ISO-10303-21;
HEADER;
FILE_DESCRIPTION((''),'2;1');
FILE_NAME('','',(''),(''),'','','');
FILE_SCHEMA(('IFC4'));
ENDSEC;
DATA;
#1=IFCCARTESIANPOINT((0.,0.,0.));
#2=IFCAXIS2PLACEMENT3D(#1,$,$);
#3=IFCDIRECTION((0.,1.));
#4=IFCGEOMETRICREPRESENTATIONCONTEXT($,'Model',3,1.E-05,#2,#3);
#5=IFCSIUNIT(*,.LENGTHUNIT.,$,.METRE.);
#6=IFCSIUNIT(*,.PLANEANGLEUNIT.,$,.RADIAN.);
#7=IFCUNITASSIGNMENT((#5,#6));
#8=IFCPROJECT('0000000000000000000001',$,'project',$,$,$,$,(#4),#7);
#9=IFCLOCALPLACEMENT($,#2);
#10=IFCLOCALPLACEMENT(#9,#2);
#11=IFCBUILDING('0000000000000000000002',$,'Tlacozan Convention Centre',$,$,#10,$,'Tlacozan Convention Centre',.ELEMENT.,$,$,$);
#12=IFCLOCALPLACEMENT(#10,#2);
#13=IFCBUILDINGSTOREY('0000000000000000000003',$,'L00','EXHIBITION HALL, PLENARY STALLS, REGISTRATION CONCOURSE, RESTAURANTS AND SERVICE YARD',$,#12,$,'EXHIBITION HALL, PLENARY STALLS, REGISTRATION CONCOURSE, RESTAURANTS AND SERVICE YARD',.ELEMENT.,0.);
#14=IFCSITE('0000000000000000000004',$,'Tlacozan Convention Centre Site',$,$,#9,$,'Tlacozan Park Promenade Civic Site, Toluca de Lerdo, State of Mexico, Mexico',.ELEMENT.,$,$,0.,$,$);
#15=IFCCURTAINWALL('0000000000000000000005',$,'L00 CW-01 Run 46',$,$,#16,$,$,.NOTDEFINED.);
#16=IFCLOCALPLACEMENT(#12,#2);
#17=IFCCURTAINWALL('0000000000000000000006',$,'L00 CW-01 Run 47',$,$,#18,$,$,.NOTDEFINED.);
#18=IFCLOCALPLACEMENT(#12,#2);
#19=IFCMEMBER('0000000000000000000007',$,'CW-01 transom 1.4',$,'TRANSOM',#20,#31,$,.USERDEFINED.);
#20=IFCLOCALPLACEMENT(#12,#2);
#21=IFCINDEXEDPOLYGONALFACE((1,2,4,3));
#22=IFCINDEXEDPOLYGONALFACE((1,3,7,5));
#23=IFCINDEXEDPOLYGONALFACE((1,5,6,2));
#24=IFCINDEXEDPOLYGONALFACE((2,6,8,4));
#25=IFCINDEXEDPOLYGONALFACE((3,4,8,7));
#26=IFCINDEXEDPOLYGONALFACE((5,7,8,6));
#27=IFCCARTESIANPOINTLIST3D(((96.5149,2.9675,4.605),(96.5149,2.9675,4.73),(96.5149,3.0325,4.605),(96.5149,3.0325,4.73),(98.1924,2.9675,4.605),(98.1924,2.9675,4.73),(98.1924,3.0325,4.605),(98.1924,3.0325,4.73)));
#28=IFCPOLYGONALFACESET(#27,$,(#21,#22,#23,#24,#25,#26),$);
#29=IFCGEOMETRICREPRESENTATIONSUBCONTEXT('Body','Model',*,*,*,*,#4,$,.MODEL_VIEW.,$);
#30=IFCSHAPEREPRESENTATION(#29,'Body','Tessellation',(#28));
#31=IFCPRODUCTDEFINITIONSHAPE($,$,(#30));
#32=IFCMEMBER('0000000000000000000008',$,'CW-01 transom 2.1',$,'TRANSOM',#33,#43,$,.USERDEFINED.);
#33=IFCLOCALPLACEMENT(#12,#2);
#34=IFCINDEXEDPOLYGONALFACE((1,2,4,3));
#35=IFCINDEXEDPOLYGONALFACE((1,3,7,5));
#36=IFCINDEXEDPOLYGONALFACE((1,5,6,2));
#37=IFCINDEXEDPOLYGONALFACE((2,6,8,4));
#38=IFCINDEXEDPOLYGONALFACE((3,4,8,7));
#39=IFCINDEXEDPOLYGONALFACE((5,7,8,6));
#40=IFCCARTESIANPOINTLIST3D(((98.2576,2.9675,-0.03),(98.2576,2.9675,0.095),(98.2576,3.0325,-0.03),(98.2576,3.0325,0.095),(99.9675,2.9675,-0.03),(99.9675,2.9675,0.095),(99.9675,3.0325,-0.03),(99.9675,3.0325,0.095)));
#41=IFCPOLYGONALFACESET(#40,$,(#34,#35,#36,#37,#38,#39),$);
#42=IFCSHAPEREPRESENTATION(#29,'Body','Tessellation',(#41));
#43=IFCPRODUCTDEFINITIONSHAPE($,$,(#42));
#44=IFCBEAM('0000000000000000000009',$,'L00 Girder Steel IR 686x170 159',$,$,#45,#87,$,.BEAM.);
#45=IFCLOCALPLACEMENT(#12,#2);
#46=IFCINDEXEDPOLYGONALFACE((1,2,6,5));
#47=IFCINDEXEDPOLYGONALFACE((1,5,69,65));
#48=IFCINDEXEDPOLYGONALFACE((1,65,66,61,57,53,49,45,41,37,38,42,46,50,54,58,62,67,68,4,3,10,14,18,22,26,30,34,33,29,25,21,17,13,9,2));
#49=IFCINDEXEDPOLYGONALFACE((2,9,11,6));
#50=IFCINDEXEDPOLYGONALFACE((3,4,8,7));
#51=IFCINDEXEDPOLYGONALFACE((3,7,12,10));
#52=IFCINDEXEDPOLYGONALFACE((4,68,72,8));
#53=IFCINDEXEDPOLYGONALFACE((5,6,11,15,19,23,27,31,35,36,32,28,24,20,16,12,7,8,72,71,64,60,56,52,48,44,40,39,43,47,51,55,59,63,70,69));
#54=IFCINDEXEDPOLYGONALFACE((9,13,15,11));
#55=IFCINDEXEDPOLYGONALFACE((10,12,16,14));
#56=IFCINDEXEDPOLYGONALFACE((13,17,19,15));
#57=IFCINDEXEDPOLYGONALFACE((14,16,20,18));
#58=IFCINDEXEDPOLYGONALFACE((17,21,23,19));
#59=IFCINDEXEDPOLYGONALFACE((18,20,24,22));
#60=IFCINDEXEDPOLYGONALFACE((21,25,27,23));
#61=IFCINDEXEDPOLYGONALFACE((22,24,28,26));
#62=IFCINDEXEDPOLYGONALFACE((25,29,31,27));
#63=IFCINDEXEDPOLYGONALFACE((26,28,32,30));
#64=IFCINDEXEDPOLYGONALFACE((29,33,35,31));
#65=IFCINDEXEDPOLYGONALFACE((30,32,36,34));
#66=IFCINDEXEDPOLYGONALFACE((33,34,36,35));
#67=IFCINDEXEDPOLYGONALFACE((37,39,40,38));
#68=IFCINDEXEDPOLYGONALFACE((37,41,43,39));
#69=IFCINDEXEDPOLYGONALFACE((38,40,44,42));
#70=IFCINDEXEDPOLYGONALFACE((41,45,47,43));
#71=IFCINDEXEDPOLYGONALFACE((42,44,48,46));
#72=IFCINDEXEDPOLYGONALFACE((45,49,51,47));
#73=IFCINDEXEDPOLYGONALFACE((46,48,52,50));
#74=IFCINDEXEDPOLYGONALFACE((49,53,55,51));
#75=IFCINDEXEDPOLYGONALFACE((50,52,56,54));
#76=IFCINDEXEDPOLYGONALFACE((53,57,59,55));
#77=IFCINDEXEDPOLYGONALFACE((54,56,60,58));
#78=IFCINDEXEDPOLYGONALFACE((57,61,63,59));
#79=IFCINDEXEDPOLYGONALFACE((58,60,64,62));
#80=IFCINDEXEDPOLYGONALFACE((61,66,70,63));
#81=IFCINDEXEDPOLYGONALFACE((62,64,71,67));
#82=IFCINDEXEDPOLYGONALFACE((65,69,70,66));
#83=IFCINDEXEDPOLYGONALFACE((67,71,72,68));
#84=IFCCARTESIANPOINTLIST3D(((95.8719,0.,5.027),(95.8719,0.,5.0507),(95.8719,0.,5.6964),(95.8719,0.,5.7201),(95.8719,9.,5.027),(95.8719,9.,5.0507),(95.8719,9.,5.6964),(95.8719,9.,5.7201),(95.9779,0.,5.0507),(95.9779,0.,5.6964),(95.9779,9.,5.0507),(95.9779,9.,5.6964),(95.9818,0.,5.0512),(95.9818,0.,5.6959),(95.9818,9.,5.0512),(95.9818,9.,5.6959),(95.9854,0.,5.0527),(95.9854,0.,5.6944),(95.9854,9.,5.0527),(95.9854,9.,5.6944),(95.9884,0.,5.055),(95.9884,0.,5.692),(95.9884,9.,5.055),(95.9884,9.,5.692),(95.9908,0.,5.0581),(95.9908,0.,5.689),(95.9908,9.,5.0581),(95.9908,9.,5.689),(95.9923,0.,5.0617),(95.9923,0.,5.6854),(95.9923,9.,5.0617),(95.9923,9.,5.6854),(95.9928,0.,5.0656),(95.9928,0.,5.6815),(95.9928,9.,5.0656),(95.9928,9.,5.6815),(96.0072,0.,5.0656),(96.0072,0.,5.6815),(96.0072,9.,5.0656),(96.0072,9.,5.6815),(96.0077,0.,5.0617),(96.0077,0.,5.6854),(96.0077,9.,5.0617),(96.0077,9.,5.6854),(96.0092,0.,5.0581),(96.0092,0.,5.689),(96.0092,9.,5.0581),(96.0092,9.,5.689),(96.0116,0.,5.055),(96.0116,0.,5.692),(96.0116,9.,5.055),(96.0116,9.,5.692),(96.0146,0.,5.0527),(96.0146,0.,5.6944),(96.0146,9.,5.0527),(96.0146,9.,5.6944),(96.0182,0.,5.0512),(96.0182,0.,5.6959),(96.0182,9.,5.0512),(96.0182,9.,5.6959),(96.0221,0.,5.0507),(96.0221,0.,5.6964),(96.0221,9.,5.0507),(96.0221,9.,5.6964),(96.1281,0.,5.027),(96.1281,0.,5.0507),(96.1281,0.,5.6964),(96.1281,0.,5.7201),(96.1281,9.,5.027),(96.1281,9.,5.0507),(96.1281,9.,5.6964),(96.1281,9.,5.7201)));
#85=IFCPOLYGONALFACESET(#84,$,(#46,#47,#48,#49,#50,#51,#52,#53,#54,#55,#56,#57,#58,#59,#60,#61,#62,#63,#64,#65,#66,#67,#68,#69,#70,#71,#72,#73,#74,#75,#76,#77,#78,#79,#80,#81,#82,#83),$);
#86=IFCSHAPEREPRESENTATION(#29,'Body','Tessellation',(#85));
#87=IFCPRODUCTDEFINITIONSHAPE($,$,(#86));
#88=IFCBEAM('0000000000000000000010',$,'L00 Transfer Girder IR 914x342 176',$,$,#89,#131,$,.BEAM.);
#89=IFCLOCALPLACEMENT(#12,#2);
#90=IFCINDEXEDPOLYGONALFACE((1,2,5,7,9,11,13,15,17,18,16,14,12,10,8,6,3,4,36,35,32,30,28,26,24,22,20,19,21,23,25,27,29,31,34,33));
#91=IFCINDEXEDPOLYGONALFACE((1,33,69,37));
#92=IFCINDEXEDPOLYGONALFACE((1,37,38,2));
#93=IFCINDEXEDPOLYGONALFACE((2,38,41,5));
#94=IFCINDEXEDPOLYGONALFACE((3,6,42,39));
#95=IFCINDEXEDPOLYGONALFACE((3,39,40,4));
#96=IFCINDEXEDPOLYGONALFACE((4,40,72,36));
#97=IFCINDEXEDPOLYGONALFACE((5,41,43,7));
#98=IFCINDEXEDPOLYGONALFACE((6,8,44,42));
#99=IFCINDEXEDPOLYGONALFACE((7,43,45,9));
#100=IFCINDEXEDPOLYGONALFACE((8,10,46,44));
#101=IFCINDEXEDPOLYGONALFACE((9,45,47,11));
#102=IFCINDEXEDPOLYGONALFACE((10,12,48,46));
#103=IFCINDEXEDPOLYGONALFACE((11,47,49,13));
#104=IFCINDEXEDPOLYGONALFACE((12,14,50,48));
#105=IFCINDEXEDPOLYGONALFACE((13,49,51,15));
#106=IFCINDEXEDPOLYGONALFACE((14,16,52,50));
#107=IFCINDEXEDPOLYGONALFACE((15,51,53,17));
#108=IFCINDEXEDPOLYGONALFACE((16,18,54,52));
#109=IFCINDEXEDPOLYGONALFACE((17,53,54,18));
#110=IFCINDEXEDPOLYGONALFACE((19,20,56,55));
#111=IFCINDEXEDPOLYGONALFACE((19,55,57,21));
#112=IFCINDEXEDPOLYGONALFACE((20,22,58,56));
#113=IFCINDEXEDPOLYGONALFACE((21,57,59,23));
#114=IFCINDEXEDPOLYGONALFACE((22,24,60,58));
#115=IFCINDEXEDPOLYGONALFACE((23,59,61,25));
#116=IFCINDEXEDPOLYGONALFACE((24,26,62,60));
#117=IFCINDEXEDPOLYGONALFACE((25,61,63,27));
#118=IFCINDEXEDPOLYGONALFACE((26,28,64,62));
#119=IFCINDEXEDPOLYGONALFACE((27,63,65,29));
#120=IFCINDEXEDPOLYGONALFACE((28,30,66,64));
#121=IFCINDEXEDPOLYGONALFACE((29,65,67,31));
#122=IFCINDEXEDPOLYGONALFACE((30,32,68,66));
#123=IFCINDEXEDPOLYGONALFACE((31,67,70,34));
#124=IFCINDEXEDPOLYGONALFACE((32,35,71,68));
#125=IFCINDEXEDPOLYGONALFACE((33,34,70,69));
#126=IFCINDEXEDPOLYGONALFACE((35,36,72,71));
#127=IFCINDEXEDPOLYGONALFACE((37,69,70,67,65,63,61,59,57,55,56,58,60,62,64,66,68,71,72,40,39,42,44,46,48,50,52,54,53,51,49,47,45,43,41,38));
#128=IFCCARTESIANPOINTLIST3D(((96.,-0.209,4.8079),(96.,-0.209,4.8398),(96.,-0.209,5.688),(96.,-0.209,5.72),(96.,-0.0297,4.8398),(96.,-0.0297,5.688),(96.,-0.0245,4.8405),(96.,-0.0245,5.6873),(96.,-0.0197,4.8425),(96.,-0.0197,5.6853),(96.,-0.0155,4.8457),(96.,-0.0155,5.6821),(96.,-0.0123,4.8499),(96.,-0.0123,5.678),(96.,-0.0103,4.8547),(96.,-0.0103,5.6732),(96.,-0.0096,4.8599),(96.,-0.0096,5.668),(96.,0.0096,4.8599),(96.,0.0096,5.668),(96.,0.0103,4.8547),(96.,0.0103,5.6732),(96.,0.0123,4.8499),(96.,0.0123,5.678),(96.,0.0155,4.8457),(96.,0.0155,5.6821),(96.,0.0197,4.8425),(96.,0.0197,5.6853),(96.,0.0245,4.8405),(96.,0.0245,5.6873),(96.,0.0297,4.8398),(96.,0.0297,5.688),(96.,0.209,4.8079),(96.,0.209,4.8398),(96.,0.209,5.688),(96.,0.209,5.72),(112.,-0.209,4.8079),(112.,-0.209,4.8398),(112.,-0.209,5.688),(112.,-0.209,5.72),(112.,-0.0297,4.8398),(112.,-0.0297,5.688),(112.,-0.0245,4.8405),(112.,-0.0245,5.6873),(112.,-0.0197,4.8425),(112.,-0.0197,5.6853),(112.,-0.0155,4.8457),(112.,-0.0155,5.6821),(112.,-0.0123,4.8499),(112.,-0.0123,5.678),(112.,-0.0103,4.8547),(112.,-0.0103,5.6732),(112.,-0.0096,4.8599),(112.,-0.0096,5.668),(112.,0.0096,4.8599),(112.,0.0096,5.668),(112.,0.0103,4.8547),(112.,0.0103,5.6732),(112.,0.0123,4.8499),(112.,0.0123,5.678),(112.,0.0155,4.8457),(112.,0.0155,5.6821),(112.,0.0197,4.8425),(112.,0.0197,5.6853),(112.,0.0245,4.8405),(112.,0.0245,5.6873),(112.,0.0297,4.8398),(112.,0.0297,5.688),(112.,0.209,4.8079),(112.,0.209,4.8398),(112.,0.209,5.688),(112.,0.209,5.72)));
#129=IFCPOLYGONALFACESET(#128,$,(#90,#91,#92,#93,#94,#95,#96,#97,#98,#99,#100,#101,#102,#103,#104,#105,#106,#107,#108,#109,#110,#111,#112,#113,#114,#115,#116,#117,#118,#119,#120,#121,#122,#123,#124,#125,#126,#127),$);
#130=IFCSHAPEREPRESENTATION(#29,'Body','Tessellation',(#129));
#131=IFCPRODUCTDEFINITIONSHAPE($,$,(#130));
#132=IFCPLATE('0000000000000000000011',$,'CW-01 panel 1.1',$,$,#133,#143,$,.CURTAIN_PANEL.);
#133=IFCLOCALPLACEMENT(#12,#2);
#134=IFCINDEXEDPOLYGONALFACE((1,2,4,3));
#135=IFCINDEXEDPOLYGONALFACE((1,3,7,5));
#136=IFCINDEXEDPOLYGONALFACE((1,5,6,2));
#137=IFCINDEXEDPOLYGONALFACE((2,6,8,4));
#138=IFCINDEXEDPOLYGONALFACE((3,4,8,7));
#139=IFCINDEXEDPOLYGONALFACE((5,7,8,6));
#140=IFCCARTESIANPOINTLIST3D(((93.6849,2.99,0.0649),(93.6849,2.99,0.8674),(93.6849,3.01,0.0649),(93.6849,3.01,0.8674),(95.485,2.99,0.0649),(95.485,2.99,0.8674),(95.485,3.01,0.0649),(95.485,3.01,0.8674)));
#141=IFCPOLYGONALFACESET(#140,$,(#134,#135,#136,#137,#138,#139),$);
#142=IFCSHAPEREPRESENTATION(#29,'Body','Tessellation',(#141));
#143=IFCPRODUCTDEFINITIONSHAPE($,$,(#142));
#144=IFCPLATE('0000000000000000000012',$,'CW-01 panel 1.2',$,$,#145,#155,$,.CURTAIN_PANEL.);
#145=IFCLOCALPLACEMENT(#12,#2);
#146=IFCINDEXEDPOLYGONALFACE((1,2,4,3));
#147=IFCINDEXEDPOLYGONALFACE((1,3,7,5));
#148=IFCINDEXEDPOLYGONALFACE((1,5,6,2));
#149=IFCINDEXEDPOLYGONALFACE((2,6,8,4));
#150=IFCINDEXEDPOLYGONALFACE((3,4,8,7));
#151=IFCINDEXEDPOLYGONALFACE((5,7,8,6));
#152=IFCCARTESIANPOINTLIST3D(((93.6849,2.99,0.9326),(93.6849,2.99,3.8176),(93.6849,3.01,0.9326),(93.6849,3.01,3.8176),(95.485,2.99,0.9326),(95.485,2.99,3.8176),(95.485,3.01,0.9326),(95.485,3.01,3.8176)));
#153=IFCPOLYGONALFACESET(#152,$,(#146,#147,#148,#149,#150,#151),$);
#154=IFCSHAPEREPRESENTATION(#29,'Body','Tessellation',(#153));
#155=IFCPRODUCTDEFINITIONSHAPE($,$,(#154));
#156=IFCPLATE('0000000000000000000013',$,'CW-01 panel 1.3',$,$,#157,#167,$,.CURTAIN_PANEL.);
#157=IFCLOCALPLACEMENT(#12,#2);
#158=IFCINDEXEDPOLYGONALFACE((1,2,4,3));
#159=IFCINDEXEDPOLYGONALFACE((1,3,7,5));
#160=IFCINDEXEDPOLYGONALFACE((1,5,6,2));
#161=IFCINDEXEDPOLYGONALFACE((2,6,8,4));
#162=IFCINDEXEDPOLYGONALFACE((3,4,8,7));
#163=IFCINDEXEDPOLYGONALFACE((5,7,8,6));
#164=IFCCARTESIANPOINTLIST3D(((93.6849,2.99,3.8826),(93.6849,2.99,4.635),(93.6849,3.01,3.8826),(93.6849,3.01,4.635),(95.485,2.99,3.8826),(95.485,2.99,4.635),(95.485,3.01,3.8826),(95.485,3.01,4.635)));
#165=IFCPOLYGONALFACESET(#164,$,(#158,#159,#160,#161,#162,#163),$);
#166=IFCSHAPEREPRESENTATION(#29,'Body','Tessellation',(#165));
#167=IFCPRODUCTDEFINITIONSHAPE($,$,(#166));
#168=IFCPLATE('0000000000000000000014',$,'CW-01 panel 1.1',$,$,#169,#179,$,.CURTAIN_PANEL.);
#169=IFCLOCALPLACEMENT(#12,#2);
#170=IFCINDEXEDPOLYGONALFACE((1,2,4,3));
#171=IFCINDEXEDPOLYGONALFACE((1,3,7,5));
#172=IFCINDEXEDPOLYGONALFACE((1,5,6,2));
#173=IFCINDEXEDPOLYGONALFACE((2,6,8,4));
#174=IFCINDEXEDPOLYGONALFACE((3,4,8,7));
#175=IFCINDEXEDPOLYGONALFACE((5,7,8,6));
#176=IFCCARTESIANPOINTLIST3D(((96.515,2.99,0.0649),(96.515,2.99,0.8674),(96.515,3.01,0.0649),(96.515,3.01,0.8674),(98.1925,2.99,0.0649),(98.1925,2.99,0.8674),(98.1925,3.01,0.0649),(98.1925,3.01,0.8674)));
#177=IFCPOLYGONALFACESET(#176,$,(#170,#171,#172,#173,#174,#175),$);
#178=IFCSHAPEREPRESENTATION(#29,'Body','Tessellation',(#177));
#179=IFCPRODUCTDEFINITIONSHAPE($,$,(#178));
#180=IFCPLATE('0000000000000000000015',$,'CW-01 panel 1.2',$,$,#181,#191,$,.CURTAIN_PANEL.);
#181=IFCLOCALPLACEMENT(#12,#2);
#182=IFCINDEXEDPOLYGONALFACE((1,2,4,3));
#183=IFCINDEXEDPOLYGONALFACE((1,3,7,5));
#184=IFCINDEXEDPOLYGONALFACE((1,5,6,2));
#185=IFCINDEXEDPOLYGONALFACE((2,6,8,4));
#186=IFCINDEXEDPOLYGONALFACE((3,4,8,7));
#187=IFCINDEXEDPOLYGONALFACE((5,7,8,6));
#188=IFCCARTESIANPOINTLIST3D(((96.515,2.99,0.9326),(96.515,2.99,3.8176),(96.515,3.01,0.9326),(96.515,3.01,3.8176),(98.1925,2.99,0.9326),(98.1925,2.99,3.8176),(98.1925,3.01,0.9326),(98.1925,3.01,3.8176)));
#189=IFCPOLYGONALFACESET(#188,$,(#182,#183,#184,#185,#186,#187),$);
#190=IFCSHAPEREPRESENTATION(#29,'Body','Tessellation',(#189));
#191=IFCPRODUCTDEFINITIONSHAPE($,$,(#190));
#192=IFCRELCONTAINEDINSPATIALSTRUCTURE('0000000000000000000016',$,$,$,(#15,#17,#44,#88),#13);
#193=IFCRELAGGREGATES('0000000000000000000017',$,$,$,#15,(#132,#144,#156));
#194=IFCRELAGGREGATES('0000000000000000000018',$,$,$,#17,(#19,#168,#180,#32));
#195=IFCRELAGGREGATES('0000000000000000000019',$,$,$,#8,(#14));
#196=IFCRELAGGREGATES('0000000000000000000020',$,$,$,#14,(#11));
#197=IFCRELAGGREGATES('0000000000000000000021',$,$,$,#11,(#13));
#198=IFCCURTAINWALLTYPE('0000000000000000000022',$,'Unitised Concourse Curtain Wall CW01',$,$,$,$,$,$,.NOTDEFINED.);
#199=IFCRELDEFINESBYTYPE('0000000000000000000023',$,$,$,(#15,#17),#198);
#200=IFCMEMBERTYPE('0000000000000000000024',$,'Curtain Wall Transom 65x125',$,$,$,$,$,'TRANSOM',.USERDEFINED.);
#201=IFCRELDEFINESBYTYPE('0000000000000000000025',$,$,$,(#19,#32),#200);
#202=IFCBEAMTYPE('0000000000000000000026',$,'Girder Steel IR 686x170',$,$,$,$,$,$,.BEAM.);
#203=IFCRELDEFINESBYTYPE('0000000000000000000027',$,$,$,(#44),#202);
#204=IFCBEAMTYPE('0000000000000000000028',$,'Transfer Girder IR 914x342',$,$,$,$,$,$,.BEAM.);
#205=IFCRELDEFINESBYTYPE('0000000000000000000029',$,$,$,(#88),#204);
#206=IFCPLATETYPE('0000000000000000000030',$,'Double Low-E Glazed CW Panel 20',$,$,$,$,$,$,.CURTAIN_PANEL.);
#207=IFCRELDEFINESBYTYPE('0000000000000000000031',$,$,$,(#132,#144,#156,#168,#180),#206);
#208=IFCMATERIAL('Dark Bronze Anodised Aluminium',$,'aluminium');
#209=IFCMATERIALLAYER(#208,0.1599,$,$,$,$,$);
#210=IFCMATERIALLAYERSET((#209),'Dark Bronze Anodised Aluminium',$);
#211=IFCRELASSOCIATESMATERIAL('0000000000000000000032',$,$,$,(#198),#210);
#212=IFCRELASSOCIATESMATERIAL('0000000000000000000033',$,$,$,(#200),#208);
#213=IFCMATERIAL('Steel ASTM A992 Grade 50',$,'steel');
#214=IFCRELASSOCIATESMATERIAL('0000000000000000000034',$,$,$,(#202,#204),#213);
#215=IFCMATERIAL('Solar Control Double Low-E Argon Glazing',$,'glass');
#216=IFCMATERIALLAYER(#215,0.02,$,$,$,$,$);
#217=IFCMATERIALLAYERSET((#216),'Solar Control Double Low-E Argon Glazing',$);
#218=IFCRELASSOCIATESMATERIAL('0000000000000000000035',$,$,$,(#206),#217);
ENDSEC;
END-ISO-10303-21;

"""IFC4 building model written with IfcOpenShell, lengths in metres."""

from ifc_helpers import new_model, si_unit, direction, frame, origin, origin_2d, place, context, subcontext, project, spatial, rectangle, i_section, extrude, material, layer, layer_set, material_profile, profile_set, type_object, element, aggregate, save


model = new_model("IFC4")

# Units and contexts
model_context = context("Model", 3, precision=1e-05, world=origin(), true_north=direction((0.0, 1.0)))
body_context = subcontext(model_context, "Body", "Model", "MODEL_VIEW")
ifc_project = project(units=[si_unit("LENGTHUNIT", "METRE"), si_unit("PLANEANGLEUNIT", "RADIAN")], contexts=[model_context])

# Site, building, storey
site_placement = place(None, origin())
site = spatial("IfcSite", under=ifc_project, at=site_placement, Name="Tlacozan Convention Centre Site", LongName="Tlacozan Park Promenade Civic Site, Toluca de Lerdo, State of Mexico, Mexico", CompositionType="ELEMENT", RefElevation=0.0)
building_placement = place(site_placement, origin())
building = spatial("IfcBuilding", under=site, at=building_placement, Name="Tlacozan Convention Centre", LongName="Tlacozan Convention Centre", CompositionType="ELEMENT")
storey_placement = place(building_placement, origin())
storey = spatial("IfcBuildingStorey", under=building, at=storey_placement, Name="L00", Description="EXHIBITION HALL, PLENARY STALLS, REGISTRATION CONCOURSE, RESTAURANTS AND SERVICE YARD", LongName="EXHIBITION HALL, PLENARY STALLS, REGISTRATION CONCOURSE, RESTAURANTS AND SERVICE YARD", CompositionType="ELEMENT", Elevation=0.0)

# Curtain walls
ifc_material_1 = material(Name="Dark Bronze Anodised Aluminium", Category="aluminium")
ifc_layer_1 = layer(ifc_material_1, 0.1599)
ifc_layer_set_1 = layer_set([ifc_layer_1], Name="Dark Bronze Anodised Aluminium")
curtain_wall_type = type_object("IfcCurtainWallType", Name="Unitised Concourse Curtain Wall CW01", PredefinedType="NOTDEFINED", material=ifc_layer_set_1)
curtain_wall_1_placement = place(storey_placement, origin())
curtain_wall_1 = element("IfcCurtainWall", 1, at=curtain_wall_1_placement, inside=storey, type_object=curtain_wall_type, Name="L00 CW-01 Run 46", PredefinedType="NOTDEFINED")
curtain_wall_2_placement = place(storey_placement, origin())
curtain_wall_2 = element("IfcCurtainWall", 2, at=curtain_wall_2_placement, inside=storey, type_object=curtain_wall_type, Name="L00 CW-01 Run 47", PredefinedType="NOTDEFINED")

# Members
ifc_material_profile_1 = material_profile(ifc_material_1, rectangle(XDim=0.0649, YDim=0.125, at=origin_2d()), Name="ALU 65x125")
ifc_profile_set_1 = profile_set([ifc_material_profile_1], Name="Dark Bronze Anodised Aluminium")
member_type_1 = type_object("IfcMemberType", Name="Curtain Wall Transom 65x125", ElementType="TRANSOM", PredefinedType="USERDEFINED", material=ifc_profile_set_1)
member_1_placement = place(storey_placement, frame((96.5149, 3.0, 4.6675), z_axis=(1.0, 0.0, 0.0), x_axis=(0.0, 1.0, 0.0)))
member_1 = element("IfcMember", 3, at=member_1_placement, type_object=member_type_1, Name="CW-01 transom 1.4", ObjectType="TRANSOM", PredefinedType="USERDEFINED", context=body_context, shape_type="SweptSolid", body=[
    extrude(rectangle(XDim=0.0649, YDim=0.125, at=origin_2d()), origin(), (0.0, 0.0, 1.0), 1.6775),
])
member_2_placement = place(storey_placement, frame((98.2576, 3.0, 0.0325), z_axis=(1.0, 0.0, 0.0), x_axis=(0.0, 1.0, 0.0)))
member_2 = element("IfcMember", 4, at=member_2_placement, type_object=member_type_1, Name="CW-01 transom 2.1", ObjectType="TRANSOM", PredefinedType="USERDEFINED", context=body_context, shape_type="SweptSolid", body=[
    extrude(rectangle(XDim=0.0649, YDim=0.125, at=origin_2d()), origin(), (0.0, 0.0, 1.0), 1.71),
])

# Beams
ifc_material_2 = material(Name="Steel ASTM A992 Grade 50", Category="steel")
ifc_material_profile_2 = material_profile(ifc_material_2, i_section(OverallWidth=0.2561, OverallDepth=0.6931, WebThickness=0.0144, FlangeThickness=0.0237, FilletRadius=0.0149, at=origin_2d()), Name="IR 686x170.0")
ifc_profile_set_2 = profile_set([ifc_material_profile_2], Name="Steel ASTM A992 Grade 50")
beam_type_1 = type_object("IfcBeamType", Name="Girder Steel IR 686x170", PredefinedType="BEAM", material=ifc_profile_set_2)
beam_1_placement = place(storey_placement, frame((96.0, 0.0, 5.3735), z_axis=(0.0, 1.0, 0.0), x_axis=(-1.0, 0.0, 0.0)))
element("IfcBeam", 5, at=beam_1_placement, inside=storey, type_object=beam_type_1, Name="L00 Girder Steel IR 686x170 159", PredefinedType="BEAM", context=body_context, shape_type="SweptSolid", body=[
    extrude(i_section(OverallWidth=0.2561, OverallDepth=0.6931, WebThickness=0.0144, FlangeThickness=0.0237, FilletRadius=0.0149, at=origin_2d()), origin(), (0.0, 0.0, 1.0), 9.0),
])
ifc_material_profile_3 = material_profile(ifc_material_2, i_section(OverallWidth=0.418, OverallDepth=0.9121, WebThickness=0.0193, FlangeThickness=0.032, FilletRadius=0.02, at=origin_2d()), Name="IR 914x342.0")
ifc_profile_set_3 = profile_set([ifc_material_profile_3], Name="Steel ASTM A992 Grade 50")
beam_type_2 = type_object("IfcBeamType", Name="Transfer Girder IR 914x342", PredefinedType="BEAM", material=ifc_profile_set_3)
beam_2_placement = place(storey_placement, frame((96.0, 0.0, 5.2639), z_axis=(1.0, 0.0, 0.0), x_axis=(0.0, 1.0, 0.0)))
element("IfcBeam", 6, at=beam_2_placement, inside=storey, type_object=beam_type_2, Name="L00 Transfer Girder IR 914x342 176", PredefinedType="BEAM", context=body_context, shape_type="SweptSolid", body=[
    extrude(i_section(OverallWidth=0.418, OverallDepth=0.9121, WebThickness=0.0193, FlangeThickness=0.032, FilletRadius=0.02, at=origin_2d()), origin(), (0.0, 0.0, 1.0), 16.0),
])

# Plates
ifc_material_3 = material(Name="Solar Control Double Low-E Argon Glazing", Category="glass")
ifc_layer_2 = layer(ifc_material_3, 0.02)
ifc_layer_set_2 = layer_set([ifc_layer_2], Name="Solar Control Double Low-E Argon Glazing")
plate_type = type_object("IfcPlateType", Name="Double Low-E Glazed CW Panel 20", PredefinedType="CURTAIN_PANEL", material=ifc_layer_set_2)
plate_1_placement = place(storey_placement, frame((94.585, 3.0, 0.0649), z_axis=(0.0, 0.0, 1.0), x_axis=(1.0, 0.0, 0.0)))
plate_1 = element("IfcPlate", 7, at=plate_1_placement, type_object=plate_type, Name="CW-01 panel 1.1", PredefinedType="CURTAIN_PANEL", context=body_context, shape_type="SweptSolid", body=[
    extrude(rectangle(XDim=1.8, YDim=0.02, at=origin_2d()), origin(), (0.0, 0.0, 1.0), 0.8025),
])
plate_2_placement = place(storey_placement, frame((94.585, 3.0, 0.9326), z_axis=(0.0, 0.0, 1.0), x_axis=(1.0, 0.0, 0.0)))
plate_2 = element("IfcPlate", 8, at=plate_2_placement, type_object=plate_type, Name="CW-01 panel 1.2", PredefinedType="CURTAIN_PANEL", context=body_context, shape_type="SweptSolid", body=[
    extrude(rectangle(XDim=1.8, YDim=0.02, at=origin_2d()), origin(), (0.0, 0.0, 1.0), 2.885),
])
plate_3_placement = place(storey_placement, frame((94.585, 3.0, 3.8826), z_axis=(0.0, 0.0, 1.0), x_axis=(1.0, 0.0, 0.0)))
plate_3 = element("IfcPlate", 9, at=plate_3_placement, type_object=plate_type, Name="CW-01 panel 1.3", PredefinedType="CURTAIN_PANEL", context=body_context, shape_type="SweptSolid", body=[
    extrude(rectangle(XDim=1.8, YDim=0.02, at=origin_2d()), origin(), (0.0, 0.0, 1.0), 0.7524),
])
aggregate(curtain_wall_1, [plate_1, plate_2, plate_3])
plate_4_placement = place(storey_placement, frame((97.3538, 3.0, 0.0649), z_axis=(0.0, 0.0, 1.0), x_axis=(1.0, 0.0, 0.0)))
plate_4 = element("IfcPlate", 10, at=plate_4_placement, type_object=plate_type, Name="CW-01 panel 1.1", PredefinedType="CURTAIN_PANEL", context=body_context, shape_type="SweptSolid", body=[
    extrude(rectangle(XDim=1.6775, YDim=0.02, at=origin_2d()), origin(), (0.0, 0.0, 1.0), 0.8025),
])
plate_5_placement = place(storey_placement, frame((97.3538, 3.0, 0.9326), z_axis=(0.0, 0.0, 1.0), x_axis=(1.0, 0.0, 0.0)))
plate_5 = element("IfcPlate", 11, at=plate_5_placement, type_object=plate_type, Name="CW-01 panel 1.2", PredefinedType="CURTAIN_PANEL", context=body_context, shape_type="SweptSolid", body=[
    extrude(rectangle(XDim=1.6775, YDim=0.02, at=origin_2d()), origin(), (0.0, 0.0, 1.0), 2.885),
])
aggregate(curtain_wall_2, [member_1, plate_4, plate_5, member_2])

save(model, "model.ifc")
